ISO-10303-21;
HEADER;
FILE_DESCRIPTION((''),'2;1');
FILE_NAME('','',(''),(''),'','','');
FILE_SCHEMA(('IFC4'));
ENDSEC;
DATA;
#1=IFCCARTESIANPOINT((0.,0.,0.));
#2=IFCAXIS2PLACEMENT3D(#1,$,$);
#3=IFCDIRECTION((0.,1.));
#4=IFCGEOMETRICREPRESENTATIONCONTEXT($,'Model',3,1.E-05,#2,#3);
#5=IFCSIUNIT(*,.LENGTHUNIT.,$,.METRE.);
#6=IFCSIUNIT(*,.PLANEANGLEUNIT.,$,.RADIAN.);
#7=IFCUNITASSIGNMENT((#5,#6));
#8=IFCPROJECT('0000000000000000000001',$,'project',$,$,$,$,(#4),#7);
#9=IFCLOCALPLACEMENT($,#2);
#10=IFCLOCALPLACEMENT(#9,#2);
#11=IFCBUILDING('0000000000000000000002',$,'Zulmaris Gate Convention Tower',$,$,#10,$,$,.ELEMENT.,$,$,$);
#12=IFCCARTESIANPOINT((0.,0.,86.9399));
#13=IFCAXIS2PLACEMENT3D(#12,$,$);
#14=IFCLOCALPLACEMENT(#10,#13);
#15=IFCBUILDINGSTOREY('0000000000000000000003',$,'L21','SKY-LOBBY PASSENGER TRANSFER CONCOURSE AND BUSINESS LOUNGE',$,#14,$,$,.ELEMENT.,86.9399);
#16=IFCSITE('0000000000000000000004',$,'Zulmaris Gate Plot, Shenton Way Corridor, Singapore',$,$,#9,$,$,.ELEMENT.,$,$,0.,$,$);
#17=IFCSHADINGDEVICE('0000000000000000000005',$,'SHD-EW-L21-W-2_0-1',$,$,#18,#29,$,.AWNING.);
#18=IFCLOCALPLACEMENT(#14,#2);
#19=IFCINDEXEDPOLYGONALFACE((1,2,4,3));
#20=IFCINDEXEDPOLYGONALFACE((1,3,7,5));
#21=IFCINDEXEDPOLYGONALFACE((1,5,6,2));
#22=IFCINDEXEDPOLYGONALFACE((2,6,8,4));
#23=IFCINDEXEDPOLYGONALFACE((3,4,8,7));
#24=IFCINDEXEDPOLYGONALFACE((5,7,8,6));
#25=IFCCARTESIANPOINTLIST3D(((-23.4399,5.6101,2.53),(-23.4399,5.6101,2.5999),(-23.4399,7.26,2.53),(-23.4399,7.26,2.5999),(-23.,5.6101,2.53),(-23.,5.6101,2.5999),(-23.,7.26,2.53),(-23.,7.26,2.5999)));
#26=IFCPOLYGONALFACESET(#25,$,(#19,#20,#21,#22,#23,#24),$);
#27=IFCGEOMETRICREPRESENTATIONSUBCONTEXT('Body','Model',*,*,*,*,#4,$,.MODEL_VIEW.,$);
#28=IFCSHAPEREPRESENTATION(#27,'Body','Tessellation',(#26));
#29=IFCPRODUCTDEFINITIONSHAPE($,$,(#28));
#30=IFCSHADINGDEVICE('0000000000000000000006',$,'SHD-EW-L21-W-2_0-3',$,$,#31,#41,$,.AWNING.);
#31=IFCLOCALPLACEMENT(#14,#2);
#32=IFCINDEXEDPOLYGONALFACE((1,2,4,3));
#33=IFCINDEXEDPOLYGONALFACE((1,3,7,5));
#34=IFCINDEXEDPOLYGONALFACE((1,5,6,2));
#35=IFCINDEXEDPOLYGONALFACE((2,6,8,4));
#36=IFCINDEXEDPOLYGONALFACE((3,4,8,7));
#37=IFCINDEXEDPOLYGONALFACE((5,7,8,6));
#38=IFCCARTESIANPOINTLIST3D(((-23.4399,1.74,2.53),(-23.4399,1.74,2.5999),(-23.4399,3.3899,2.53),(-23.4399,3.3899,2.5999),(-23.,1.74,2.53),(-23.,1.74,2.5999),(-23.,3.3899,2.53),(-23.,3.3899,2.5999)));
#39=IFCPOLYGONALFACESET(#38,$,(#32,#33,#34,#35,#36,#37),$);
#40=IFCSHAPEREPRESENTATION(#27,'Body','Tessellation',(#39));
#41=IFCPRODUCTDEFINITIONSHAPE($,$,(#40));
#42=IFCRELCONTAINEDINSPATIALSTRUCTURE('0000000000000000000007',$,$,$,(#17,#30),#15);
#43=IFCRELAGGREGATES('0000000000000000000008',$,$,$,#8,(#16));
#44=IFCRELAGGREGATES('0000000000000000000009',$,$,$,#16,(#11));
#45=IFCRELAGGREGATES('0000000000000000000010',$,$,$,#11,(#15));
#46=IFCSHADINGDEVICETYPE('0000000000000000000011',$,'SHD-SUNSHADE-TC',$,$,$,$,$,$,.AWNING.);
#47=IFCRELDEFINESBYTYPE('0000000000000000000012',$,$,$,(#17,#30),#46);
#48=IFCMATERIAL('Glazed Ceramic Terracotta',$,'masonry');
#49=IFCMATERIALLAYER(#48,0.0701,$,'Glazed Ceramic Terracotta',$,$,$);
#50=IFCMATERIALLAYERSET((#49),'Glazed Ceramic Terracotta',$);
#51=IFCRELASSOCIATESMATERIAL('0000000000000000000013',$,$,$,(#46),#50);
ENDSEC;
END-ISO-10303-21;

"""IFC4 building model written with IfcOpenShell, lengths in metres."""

from ifc_helpers import new_model, si_unit, direction, frame, frame_2d, origin, place, context, subcontext, project, spatial, rectangle, extrude, material, layer, layer_set, type_object, element, save


model = new_model("IFC4")

# Units and contexts
model_context = context("Model", 3, precision=1e-05, world=origin(), true_north=direction((0.0, 1.0)))
body_context = subcontext(model_context, "Body", "Model", "MODEL_VIEW")
ifc_project = project(units=[si_unit("LENGTHUNIT", "METRE"), si_unit("PLANEANGLEUNIT", "RADIAN")], contexts=[model_context])

# Site, building, storey
site_placement = place(None, origin())
site = spatial("IfcSite", under=ifc_project, at=site_placement, Name="Zulmaris Gate Plot, Shenton Way Corridor, Singapore", CompositionType="ELEMENT", RefElevation=0.0)
building_placement = place(site_placement, origin())
building = spatial("IfcBuilding", under=site, at=building_placement, Name="Zulmaris Gate Convention Tower", CompositionType="ELEMENT")
storey_placement = place(building_placement, frame((0.0, 0.0, 86.9399)))
storey = spatial("IfcBuildingStorey", under=building, at=storey_placement, Name="L21", Description="SKY-LOBBY PASSENGER TRANSFER CONCOURSE AND BUSINESS LOUNGE", CompositionType="ELEMENT", Elevation=86.9399)

# Shading devices
ifc_material_1 = material(Name="Glazed Ceramic Terracotta", Category="masonry")
ifc_layer_1 = layer(ifc_material_1, 0.0701, Name="Glazed Ceramic Terracotta")
ifc_layer_set_1 = layer_set([ifc_layer_1], Name="Glazed Ceramic Terracotta")
shading_device_type = type_object("IfcShadingDeviceType", Name="SHD-SUNSHADE-TC", PredefinedType="AWNING", material=ifc_layer_set_1)
for number, where, z_axis, x_axis, name in (
    (1, (-23.22, 7.26, 2.53), (0.0, 0.0, 1.0), (0.0, -1.0, 0.0), "SHD-EW-L21-W-2_0-1"),
    (2, (-23.22, 3.3899, 2.53), (0.0, 0.0, 1.0), (0.0, -1.0, 0.0), "SHD-EW-L21-W-2_0-3"),
):
    element("IfcShadingDevice", number, at=place(storey_placement, frame(where, z_axis=z_axis, x_axis=x_axis)), inside=storey, type_object=shading_device_type, Name=name, PredefinedType="AWNING", context=body_context, shape_type="SweptSolid", body=[
        extrude(rectangle(XDim=1.6499, YDim=0.4399, at=frame_2d((0.825, 0.0))), origin(), (0.0, 0.0, 1.0), 0.0698),
    ])

save(model, "model.ifc")
